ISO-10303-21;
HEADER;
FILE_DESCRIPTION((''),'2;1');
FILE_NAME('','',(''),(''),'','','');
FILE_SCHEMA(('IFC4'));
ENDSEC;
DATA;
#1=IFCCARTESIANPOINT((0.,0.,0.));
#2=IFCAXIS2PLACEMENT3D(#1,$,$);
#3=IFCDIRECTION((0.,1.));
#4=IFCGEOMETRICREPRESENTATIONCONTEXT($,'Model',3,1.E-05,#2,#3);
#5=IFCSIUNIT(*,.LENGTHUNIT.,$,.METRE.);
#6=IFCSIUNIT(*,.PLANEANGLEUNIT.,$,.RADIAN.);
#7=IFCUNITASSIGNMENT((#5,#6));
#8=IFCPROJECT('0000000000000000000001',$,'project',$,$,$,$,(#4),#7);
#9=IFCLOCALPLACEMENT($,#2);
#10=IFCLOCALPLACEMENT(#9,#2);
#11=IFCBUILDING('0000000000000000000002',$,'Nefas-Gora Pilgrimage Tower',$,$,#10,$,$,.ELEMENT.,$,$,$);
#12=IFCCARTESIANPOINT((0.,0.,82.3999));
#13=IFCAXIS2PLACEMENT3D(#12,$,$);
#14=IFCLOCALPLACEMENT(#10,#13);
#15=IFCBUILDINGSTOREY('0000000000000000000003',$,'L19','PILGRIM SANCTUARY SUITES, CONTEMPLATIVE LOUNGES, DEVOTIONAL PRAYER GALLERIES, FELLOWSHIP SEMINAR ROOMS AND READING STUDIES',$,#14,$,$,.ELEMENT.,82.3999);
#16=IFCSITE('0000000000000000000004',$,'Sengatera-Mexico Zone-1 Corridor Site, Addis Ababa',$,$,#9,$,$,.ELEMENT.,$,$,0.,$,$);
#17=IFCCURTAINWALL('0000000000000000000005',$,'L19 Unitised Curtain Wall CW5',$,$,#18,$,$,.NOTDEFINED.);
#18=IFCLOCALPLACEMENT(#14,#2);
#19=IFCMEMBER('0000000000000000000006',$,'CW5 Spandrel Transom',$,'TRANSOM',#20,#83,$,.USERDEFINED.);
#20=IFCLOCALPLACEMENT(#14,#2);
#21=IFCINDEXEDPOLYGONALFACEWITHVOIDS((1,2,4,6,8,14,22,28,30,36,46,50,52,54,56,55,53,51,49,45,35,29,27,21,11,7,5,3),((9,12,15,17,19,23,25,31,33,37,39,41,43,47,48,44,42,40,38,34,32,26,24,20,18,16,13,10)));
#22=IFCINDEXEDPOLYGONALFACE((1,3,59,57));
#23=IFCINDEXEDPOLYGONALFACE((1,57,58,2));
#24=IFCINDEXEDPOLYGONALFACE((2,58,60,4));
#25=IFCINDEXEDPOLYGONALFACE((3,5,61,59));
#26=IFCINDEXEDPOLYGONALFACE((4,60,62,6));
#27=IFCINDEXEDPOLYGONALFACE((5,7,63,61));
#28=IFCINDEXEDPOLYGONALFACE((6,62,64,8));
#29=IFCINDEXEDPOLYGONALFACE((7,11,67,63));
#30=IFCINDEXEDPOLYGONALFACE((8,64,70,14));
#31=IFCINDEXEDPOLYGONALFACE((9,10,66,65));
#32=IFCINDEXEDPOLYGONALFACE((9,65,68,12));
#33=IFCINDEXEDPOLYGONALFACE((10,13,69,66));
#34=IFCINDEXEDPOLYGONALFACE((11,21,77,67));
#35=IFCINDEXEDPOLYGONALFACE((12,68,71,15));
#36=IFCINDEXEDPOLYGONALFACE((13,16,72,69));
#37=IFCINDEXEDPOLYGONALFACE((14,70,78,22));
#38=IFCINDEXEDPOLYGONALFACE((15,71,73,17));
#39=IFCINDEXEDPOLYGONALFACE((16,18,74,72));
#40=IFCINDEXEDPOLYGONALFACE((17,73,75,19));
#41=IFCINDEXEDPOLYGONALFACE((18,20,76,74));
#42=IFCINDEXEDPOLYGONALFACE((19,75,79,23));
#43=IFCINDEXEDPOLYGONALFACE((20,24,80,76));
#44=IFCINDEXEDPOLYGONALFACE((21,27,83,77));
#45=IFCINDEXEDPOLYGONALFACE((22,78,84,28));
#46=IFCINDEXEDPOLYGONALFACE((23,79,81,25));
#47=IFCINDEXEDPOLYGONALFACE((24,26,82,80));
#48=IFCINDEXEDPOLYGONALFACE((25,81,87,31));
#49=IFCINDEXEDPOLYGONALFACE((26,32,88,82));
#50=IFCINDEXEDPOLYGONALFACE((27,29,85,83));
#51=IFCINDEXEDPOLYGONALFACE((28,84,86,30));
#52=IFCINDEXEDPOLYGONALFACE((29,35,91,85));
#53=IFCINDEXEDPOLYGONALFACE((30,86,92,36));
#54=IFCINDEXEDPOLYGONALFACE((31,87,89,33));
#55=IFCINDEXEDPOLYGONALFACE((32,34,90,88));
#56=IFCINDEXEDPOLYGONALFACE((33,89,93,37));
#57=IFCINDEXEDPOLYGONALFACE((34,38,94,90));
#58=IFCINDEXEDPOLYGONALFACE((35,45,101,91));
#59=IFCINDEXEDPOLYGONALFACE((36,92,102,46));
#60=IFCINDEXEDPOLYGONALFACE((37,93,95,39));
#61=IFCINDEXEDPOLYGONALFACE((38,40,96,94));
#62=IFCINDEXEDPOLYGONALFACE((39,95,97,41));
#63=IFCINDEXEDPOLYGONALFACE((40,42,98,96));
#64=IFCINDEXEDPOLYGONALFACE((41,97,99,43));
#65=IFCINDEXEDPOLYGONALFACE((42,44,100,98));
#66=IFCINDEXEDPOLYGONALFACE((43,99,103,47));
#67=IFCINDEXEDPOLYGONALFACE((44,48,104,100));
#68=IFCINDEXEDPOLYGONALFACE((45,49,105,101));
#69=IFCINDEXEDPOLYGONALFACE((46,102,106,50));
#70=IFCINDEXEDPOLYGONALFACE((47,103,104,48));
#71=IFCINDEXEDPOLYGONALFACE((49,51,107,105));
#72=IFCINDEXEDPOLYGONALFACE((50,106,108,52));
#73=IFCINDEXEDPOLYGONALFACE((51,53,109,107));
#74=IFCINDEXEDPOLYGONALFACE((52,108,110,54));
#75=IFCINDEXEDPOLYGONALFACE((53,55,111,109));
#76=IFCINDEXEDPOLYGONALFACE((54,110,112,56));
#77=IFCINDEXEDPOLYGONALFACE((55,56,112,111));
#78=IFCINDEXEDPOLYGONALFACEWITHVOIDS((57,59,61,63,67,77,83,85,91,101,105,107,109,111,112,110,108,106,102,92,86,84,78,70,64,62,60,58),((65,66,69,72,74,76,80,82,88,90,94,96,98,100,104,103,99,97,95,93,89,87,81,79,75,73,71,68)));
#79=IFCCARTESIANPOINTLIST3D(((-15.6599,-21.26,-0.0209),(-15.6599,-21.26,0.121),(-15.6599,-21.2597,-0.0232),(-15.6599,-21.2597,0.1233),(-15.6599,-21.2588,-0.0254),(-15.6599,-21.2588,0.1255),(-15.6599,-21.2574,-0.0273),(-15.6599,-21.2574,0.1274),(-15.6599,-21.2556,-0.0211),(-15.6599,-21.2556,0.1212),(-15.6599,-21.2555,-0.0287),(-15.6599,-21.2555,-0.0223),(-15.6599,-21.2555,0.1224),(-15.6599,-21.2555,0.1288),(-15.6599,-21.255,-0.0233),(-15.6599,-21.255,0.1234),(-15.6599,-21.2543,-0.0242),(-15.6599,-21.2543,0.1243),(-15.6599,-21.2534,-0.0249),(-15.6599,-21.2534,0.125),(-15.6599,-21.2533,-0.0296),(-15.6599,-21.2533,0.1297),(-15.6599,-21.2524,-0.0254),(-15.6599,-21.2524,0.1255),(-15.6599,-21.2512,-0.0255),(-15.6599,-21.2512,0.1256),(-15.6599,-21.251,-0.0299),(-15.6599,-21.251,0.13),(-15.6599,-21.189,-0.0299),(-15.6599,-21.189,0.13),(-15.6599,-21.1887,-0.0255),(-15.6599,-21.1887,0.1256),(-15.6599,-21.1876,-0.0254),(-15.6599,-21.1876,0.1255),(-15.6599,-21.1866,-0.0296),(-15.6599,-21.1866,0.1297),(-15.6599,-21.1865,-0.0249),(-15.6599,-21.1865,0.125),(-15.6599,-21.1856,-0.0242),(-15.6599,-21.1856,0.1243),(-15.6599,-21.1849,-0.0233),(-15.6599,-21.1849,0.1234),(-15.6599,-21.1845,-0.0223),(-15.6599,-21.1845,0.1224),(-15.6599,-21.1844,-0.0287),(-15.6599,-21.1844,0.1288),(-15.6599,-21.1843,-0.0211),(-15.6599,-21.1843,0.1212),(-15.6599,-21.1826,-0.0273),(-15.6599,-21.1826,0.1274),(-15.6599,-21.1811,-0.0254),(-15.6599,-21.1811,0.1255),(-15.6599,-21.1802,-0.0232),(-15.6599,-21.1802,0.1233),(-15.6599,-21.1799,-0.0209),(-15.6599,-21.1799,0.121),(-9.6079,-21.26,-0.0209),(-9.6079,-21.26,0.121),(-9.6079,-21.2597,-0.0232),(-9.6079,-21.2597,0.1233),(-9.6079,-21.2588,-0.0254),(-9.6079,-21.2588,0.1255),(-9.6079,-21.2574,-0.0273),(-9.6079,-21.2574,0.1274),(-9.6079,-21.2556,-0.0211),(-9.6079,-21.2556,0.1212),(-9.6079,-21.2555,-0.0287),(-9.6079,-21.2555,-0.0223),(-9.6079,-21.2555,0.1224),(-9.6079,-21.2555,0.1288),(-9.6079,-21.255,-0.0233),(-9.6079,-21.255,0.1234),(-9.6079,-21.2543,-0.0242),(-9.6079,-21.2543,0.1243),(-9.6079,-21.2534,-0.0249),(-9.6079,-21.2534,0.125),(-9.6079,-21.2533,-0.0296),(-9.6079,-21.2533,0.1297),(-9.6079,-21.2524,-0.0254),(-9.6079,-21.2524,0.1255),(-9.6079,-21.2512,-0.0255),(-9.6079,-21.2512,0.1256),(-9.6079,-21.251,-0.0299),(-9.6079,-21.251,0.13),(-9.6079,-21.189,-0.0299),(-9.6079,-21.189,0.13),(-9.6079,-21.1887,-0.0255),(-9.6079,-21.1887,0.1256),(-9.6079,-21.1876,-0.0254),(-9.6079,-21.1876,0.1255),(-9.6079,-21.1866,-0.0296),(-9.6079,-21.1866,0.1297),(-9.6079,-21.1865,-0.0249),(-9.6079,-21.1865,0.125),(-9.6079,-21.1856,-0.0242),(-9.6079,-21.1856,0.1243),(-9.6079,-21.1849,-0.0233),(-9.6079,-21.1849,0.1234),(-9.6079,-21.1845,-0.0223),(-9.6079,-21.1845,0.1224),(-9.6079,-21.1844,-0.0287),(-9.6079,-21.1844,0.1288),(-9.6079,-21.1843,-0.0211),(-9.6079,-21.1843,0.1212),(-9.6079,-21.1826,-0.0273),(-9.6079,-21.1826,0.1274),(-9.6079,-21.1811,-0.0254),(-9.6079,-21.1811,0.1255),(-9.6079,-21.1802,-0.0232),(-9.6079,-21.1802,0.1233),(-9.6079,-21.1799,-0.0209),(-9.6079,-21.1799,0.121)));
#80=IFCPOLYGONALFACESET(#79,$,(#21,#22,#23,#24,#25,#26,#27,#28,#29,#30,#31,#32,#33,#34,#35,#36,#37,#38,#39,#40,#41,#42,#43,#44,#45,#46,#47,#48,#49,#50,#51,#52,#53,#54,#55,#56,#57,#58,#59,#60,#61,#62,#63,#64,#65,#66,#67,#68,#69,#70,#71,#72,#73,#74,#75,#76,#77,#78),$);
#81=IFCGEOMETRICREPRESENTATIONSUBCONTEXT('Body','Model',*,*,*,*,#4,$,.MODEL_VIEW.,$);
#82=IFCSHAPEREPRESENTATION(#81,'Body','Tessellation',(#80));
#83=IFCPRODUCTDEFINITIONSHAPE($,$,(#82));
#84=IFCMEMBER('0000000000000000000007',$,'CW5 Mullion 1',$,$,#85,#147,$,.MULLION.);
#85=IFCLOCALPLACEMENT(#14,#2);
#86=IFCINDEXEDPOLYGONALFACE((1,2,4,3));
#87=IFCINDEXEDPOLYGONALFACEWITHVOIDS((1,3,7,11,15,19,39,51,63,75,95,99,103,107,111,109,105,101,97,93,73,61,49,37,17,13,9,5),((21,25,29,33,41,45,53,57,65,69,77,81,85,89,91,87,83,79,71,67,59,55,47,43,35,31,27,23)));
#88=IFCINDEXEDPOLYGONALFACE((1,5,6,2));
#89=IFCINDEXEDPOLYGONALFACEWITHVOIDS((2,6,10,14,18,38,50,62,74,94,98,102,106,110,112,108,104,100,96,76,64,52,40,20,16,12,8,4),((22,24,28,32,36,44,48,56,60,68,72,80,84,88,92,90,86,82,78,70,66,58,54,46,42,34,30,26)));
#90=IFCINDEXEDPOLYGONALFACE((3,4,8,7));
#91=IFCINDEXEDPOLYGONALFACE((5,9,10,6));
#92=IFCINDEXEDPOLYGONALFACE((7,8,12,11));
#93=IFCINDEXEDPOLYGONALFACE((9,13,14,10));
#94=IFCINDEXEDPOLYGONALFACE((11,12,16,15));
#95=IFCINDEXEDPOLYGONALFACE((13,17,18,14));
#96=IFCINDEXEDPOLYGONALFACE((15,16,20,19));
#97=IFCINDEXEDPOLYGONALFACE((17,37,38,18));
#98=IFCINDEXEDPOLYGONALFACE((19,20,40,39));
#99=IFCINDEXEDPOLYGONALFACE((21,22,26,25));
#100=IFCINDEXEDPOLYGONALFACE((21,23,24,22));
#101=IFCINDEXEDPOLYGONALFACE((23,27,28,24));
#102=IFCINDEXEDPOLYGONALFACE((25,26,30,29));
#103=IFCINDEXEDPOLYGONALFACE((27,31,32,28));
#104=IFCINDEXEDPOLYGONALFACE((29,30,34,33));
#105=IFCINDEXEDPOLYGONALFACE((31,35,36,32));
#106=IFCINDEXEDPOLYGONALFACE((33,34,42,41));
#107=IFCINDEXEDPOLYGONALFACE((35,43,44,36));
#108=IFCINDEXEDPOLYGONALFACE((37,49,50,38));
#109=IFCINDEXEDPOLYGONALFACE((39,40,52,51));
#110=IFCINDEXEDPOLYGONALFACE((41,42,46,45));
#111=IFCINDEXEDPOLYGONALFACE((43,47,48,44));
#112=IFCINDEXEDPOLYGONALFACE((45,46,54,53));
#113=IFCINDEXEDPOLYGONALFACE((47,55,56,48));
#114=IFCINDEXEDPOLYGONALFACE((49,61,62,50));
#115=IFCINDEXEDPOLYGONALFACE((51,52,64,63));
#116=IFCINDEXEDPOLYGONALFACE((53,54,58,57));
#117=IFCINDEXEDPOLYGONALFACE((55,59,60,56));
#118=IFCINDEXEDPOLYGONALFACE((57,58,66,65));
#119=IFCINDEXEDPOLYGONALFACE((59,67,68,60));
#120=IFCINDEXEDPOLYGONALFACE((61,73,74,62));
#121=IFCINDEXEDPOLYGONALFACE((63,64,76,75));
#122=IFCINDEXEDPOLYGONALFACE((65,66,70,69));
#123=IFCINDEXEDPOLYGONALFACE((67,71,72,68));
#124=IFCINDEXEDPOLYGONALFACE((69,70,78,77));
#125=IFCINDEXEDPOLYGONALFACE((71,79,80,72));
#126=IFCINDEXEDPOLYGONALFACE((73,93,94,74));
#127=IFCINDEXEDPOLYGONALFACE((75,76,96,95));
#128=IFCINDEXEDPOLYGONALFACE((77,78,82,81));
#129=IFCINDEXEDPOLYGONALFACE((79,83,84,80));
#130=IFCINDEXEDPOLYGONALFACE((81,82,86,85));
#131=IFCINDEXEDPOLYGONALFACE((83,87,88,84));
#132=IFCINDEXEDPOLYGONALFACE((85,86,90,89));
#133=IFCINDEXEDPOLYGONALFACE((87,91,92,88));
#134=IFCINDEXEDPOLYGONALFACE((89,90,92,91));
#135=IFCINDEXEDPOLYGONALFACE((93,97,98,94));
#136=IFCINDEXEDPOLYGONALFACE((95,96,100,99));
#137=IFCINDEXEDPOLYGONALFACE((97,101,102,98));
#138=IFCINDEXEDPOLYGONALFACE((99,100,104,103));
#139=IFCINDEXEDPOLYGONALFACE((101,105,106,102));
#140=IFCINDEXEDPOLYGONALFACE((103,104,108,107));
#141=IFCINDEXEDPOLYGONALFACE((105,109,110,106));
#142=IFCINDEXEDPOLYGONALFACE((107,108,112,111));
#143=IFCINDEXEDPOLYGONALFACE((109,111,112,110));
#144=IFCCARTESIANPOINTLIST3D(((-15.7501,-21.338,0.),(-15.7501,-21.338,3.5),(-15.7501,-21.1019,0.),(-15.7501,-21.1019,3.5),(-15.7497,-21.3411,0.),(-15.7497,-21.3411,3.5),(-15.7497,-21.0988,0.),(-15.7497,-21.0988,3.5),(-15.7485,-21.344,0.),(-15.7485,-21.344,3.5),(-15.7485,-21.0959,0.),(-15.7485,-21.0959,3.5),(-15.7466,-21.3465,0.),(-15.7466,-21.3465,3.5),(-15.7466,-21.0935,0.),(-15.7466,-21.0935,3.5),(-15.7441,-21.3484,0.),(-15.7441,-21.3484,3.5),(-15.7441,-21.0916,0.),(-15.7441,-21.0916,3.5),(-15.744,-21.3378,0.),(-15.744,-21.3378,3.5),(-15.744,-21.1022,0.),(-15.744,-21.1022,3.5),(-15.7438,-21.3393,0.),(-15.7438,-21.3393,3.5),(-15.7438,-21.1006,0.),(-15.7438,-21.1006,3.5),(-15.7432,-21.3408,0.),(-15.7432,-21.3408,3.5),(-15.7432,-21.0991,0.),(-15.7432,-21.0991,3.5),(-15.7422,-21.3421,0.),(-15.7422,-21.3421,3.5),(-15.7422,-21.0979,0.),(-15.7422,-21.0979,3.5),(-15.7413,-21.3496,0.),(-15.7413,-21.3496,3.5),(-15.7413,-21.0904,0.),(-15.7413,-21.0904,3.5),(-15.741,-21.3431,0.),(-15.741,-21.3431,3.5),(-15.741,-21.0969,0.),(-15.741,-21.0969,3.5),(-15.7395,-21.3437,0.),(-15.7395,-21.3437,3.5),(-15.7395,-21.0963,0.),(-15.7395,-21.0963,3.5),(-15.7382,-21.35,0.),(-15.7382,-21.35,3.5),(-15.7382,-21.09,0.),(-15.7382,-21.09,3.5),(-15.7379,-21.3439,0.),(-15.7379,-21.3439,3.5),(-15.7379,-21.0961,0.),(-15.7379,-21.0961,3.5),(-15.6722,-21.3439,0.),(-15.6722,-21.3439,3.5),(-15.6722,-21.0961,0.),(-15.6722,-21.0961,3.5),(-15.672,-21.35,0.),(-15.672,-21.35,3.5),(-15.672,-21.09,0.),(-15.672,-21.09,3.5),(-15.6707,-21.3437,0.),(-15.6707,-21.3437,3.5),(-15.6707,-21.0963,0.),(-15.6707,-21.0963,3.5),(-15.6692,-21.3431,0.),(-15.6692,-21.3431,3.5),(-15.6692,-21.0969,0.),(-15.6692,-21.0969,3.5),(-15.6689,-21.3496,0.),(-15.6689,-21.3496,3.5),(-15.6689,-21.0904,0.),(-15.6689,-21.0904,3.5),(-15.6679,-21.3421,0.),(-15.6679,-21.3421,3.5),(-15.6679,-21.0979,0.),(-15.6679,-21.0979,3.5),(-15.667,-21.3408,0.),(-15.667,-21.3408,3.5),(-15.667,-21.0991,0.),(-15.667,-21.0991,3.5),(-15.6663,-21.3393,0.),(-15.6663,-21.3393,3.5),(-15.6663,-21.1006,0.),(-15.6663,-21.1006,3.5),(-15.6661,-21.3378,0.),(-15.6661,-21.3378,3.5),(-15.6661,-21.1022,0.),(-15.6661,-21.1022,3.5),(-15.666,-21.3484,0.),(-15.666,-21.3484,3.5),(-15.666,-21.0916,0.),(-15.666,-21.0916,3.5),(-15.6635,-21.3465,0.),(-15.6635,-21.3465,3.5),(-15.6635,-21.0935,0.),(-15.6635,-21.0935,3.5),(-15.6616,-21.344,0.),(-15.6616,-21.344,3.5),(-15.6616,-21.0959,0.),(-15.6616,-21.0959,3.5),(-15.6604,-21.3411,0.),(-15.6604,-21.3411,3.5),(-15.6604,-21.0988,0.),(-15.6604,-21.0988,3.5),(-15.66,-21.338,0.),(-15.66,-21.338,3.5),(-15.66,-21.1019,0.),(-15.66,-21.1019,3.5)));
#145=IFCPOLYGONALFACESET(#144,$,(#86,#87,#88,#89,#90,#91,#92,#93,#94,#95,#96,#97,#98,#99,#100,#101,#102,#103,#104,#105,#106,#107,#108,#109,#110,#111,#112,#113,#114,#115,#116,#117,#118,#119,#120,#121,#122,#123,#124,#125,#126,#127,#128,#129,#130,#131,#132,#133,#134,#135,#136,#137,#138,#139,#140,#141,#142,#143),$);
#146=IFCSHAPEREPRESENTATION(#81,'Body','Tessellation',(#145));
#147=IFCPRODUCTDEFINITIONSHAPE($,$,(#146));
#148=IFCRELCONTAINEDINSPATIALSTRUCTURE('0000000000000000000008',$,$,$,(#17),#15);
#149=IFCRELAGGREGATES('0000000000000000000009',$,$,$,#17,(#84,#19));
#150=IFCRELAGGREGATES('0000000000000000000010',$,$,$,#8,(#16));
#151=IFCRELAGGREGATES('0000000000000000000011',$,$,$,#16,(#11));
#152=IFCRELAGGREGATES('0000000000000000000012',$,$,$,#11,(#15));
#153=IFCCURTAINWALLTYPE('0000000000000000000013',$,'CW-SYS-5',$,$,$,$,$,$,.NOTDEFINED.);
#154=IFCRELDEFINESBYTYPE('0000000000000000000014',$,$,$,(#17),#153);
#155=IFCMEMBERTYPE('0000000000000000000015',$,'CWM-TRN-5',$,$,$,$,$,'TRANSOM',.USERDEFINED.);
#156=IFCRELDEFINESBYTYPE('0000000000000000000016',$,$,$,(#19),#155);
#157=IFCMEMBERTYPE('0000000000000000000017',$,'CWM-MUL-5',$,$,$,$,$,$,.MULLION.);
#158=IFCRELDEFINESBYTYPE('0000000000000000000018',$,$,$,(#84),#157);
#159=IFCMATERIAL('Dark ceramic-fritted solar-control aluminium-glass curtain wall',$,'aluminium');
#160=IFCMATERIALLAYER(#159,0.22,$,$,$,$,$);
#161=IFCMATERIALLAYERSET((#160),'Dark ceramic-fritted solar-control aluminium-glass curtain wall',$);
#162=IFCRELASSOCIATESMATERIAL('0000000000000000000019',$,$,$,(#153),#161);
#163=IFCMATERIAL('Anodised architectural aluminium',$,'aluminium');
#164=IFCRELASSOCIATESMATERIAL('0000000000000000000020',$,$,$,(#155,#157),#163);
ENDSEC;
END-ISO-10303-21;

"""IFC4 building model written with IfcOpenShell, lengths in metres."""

from ifc_helpers import new_model, si_unit, direction, frame, origin, origin_2d, place, context, subcontext, project, spatial, hollow_rectangle, extrude, source, transform, mapped, material, layer, layer_set, material_profile, profile_set, type_object, element, aggregate, save


model = new_model("IFC4")

# Units and contexts
model_context = context("Model", 3, precision=1e-05, world=origin(), true_north=direction((0.0, 1.0)))
body_context = subcontext(model_context, "Body", "Model", "MODEL_VIEW")
ifc_project = project(units=[si_unit("LENGTHUNIT", "METRE"), si_unit("PLANEANGLEUNIT", "RADIAN")], contexts=[model_context])

# Site, building, storey
site_placement = place(None, origin())
site = spatial("IfcSite", under=ifc_project, at=site_placement, Name="Sengatera-Mexico Zone-1 Corridor Site, Addis Ababa", CompositionType="ELEMENT", RefElevation=0.0)
building_placement = place(site_placement, origin())
building = spatial("IfcBuilding", under=site, at=building_placement, Name="Nefas-Gora Pilgrimage Tower", CompositionType="ELEMENT")
storey_placement = place(building_placement, frame((0.0, 0.0, 82.3999)))
storey = spatial("IfcBuildingStorey", under=building, at=storey_placement, Name="L19", Description="PILGRIM SANCTUARY SUITES, CONTEMPLATIVE LOUNGES, DEVOTIONAL PRAYER GALLERIES, FELLOWSHIP SEMINAR ROOMS AND READING STUDIES", CompositionType="ELEMENT", Elevation=82.3999)

# Curtain wall, members
ifc_material_1 = material(Name="Dark ceramic-fritted solar-control aluminium-glass curtain wall", Category="aluminium")
ifc_layer_1 = layer(ifc_material_1, 0.22)
ifc_layer_set_1 = layer_set([ifc_layer_1], Name="Dark ceramic-fritted solar-control aluminium-glass curtain wall")
curtain_wall_type_1 = type_object("IfcCurtainWallType", Name="CW-SYS-5", PredefinedType="NOTDEFINED", material=ifc_layer_set_1)
curtain_wall_1_placement = place(storey_placement, origin())
curtain_wall_1 = element("IfcCurtainWall", 1, at=curtain_wall_1_placement, inside=storey, type_object=curtain_wall_type_1, Name="L19 Unitised Curtain Wall CW5", PredefinedType="NOTDEFINED")
ifc_material_2 = material(Name="Anodised architectural aluminium", Category="aluminium")
ifc_material_profile_1 = material_profile(ifc_material_2, hollow_rectangle(XDim=0.0801, YDim=0.1599, WallThickness=0.0044, InnerFilletRadius=0.0044, OuterFilletRadius=0.009, at=origin_2d()), Name="ALU TRANSOM 80x160")
ifc_profile_set_1 = profile_set([ifc_material_profile_1], Name="Anodised architectural aluminium")
member_type_1 = type_object("IfcMemberType", Name="CWM-TRN-5", ElementType="TRANSOM", PredefinedType="USERDEFINED", material=ifc_profile_set_1)
shared_shape_1 = source(origin(), body_context, "Body", "SweptSolid", [
    extrude(hollow_rectangle(XDim=0.0801, YDim=0.1599, WallThickness=0.0044, InnerFilletRadius=0.0044, OuterFilletRadius=0.009, at=origin_2d()), origin(), (0.0, 0.0, 1.0), 6.052),
])
member_1_placement = place(storey_placement, frame((-15.6599, -21.22, 0.05), z_axis=(1.0, 0.0, 0.0), x_axis=(0.0, 1.0, 0.0)))
member_1 = element("IfcMember", 2, at=member_1_placement, type_object=member_type_1, Name="CW5 Spandrel Transom", ObjectType="TRANSOM", PredefinedType="USERDEFINED", context=body_context, shape_type="MappedRepresentation", body=[
    mapped(shared_shape_1, transform((0.0, 0.0, 0.0), x_axis=(1.0, 0.0, 0.0), y_axis=(0.0, 1.0, 0.0), z_axis=(0.0, 0.0, 1.0), scale=1.0)),
])
ifc_material_profile_2 = material_profile(ifc_material_2, hollow_rectangle(XDim=0.0901, YDim=0.26, WallThickness=0.0061, InnerFilletRadius=0.0061, OuterFilletRadius=0.012, at=origin_2d()), Name="ALU MULLION 90x260")
ifc_profile_set_2 = profile_set([ifc_material_profile_2], Name="Anodised architectural aluminium")
member_type_2 = type_object("IfcMemberType", Name="CWM-MUL-5", PredefinedType="MULLION", material=ifc_profile_set_2)
shared_shape_2 = source(origin(), body_context, "Body", "SweptSolid", [
    extrude(hollow_rectangle(XDim=0.0901, YDim=0.26, WallThickness=0.0061, InnerFilletRadius=0.0061, OuterFilletRadius=0.012, at=origin_2d()), origin(), (0.0, 0.0, 1.0), 3.5),
])
member_2_placement = place(storey_placement, frame((-15.7051, -21.22, 0.0), z_axis=(0.0, 0.0, 1.0), x_axis=(1.0, 0.0, 0.0)))
member_2 = element("IfcMember", 3, at=member_2_placement, type_object=member_type_2, Name="CW5 Mullion 1", PredefinedType="MULLION", context=body_context, shape_type="MappedRepresentation", body=[
    mapped(shared_shape_2, transform((0.0, 0.0, 0.0), x_axis=(1.0, 0.0, 0.0), y_axis=(0.0, 1.0, 0.0), z_axis=(0.0, 0.0, 1.0), scale=1.0)),
])

aggregate(curtain_wall_1, [member_2, member_1])

save(model, "model.ifc")
